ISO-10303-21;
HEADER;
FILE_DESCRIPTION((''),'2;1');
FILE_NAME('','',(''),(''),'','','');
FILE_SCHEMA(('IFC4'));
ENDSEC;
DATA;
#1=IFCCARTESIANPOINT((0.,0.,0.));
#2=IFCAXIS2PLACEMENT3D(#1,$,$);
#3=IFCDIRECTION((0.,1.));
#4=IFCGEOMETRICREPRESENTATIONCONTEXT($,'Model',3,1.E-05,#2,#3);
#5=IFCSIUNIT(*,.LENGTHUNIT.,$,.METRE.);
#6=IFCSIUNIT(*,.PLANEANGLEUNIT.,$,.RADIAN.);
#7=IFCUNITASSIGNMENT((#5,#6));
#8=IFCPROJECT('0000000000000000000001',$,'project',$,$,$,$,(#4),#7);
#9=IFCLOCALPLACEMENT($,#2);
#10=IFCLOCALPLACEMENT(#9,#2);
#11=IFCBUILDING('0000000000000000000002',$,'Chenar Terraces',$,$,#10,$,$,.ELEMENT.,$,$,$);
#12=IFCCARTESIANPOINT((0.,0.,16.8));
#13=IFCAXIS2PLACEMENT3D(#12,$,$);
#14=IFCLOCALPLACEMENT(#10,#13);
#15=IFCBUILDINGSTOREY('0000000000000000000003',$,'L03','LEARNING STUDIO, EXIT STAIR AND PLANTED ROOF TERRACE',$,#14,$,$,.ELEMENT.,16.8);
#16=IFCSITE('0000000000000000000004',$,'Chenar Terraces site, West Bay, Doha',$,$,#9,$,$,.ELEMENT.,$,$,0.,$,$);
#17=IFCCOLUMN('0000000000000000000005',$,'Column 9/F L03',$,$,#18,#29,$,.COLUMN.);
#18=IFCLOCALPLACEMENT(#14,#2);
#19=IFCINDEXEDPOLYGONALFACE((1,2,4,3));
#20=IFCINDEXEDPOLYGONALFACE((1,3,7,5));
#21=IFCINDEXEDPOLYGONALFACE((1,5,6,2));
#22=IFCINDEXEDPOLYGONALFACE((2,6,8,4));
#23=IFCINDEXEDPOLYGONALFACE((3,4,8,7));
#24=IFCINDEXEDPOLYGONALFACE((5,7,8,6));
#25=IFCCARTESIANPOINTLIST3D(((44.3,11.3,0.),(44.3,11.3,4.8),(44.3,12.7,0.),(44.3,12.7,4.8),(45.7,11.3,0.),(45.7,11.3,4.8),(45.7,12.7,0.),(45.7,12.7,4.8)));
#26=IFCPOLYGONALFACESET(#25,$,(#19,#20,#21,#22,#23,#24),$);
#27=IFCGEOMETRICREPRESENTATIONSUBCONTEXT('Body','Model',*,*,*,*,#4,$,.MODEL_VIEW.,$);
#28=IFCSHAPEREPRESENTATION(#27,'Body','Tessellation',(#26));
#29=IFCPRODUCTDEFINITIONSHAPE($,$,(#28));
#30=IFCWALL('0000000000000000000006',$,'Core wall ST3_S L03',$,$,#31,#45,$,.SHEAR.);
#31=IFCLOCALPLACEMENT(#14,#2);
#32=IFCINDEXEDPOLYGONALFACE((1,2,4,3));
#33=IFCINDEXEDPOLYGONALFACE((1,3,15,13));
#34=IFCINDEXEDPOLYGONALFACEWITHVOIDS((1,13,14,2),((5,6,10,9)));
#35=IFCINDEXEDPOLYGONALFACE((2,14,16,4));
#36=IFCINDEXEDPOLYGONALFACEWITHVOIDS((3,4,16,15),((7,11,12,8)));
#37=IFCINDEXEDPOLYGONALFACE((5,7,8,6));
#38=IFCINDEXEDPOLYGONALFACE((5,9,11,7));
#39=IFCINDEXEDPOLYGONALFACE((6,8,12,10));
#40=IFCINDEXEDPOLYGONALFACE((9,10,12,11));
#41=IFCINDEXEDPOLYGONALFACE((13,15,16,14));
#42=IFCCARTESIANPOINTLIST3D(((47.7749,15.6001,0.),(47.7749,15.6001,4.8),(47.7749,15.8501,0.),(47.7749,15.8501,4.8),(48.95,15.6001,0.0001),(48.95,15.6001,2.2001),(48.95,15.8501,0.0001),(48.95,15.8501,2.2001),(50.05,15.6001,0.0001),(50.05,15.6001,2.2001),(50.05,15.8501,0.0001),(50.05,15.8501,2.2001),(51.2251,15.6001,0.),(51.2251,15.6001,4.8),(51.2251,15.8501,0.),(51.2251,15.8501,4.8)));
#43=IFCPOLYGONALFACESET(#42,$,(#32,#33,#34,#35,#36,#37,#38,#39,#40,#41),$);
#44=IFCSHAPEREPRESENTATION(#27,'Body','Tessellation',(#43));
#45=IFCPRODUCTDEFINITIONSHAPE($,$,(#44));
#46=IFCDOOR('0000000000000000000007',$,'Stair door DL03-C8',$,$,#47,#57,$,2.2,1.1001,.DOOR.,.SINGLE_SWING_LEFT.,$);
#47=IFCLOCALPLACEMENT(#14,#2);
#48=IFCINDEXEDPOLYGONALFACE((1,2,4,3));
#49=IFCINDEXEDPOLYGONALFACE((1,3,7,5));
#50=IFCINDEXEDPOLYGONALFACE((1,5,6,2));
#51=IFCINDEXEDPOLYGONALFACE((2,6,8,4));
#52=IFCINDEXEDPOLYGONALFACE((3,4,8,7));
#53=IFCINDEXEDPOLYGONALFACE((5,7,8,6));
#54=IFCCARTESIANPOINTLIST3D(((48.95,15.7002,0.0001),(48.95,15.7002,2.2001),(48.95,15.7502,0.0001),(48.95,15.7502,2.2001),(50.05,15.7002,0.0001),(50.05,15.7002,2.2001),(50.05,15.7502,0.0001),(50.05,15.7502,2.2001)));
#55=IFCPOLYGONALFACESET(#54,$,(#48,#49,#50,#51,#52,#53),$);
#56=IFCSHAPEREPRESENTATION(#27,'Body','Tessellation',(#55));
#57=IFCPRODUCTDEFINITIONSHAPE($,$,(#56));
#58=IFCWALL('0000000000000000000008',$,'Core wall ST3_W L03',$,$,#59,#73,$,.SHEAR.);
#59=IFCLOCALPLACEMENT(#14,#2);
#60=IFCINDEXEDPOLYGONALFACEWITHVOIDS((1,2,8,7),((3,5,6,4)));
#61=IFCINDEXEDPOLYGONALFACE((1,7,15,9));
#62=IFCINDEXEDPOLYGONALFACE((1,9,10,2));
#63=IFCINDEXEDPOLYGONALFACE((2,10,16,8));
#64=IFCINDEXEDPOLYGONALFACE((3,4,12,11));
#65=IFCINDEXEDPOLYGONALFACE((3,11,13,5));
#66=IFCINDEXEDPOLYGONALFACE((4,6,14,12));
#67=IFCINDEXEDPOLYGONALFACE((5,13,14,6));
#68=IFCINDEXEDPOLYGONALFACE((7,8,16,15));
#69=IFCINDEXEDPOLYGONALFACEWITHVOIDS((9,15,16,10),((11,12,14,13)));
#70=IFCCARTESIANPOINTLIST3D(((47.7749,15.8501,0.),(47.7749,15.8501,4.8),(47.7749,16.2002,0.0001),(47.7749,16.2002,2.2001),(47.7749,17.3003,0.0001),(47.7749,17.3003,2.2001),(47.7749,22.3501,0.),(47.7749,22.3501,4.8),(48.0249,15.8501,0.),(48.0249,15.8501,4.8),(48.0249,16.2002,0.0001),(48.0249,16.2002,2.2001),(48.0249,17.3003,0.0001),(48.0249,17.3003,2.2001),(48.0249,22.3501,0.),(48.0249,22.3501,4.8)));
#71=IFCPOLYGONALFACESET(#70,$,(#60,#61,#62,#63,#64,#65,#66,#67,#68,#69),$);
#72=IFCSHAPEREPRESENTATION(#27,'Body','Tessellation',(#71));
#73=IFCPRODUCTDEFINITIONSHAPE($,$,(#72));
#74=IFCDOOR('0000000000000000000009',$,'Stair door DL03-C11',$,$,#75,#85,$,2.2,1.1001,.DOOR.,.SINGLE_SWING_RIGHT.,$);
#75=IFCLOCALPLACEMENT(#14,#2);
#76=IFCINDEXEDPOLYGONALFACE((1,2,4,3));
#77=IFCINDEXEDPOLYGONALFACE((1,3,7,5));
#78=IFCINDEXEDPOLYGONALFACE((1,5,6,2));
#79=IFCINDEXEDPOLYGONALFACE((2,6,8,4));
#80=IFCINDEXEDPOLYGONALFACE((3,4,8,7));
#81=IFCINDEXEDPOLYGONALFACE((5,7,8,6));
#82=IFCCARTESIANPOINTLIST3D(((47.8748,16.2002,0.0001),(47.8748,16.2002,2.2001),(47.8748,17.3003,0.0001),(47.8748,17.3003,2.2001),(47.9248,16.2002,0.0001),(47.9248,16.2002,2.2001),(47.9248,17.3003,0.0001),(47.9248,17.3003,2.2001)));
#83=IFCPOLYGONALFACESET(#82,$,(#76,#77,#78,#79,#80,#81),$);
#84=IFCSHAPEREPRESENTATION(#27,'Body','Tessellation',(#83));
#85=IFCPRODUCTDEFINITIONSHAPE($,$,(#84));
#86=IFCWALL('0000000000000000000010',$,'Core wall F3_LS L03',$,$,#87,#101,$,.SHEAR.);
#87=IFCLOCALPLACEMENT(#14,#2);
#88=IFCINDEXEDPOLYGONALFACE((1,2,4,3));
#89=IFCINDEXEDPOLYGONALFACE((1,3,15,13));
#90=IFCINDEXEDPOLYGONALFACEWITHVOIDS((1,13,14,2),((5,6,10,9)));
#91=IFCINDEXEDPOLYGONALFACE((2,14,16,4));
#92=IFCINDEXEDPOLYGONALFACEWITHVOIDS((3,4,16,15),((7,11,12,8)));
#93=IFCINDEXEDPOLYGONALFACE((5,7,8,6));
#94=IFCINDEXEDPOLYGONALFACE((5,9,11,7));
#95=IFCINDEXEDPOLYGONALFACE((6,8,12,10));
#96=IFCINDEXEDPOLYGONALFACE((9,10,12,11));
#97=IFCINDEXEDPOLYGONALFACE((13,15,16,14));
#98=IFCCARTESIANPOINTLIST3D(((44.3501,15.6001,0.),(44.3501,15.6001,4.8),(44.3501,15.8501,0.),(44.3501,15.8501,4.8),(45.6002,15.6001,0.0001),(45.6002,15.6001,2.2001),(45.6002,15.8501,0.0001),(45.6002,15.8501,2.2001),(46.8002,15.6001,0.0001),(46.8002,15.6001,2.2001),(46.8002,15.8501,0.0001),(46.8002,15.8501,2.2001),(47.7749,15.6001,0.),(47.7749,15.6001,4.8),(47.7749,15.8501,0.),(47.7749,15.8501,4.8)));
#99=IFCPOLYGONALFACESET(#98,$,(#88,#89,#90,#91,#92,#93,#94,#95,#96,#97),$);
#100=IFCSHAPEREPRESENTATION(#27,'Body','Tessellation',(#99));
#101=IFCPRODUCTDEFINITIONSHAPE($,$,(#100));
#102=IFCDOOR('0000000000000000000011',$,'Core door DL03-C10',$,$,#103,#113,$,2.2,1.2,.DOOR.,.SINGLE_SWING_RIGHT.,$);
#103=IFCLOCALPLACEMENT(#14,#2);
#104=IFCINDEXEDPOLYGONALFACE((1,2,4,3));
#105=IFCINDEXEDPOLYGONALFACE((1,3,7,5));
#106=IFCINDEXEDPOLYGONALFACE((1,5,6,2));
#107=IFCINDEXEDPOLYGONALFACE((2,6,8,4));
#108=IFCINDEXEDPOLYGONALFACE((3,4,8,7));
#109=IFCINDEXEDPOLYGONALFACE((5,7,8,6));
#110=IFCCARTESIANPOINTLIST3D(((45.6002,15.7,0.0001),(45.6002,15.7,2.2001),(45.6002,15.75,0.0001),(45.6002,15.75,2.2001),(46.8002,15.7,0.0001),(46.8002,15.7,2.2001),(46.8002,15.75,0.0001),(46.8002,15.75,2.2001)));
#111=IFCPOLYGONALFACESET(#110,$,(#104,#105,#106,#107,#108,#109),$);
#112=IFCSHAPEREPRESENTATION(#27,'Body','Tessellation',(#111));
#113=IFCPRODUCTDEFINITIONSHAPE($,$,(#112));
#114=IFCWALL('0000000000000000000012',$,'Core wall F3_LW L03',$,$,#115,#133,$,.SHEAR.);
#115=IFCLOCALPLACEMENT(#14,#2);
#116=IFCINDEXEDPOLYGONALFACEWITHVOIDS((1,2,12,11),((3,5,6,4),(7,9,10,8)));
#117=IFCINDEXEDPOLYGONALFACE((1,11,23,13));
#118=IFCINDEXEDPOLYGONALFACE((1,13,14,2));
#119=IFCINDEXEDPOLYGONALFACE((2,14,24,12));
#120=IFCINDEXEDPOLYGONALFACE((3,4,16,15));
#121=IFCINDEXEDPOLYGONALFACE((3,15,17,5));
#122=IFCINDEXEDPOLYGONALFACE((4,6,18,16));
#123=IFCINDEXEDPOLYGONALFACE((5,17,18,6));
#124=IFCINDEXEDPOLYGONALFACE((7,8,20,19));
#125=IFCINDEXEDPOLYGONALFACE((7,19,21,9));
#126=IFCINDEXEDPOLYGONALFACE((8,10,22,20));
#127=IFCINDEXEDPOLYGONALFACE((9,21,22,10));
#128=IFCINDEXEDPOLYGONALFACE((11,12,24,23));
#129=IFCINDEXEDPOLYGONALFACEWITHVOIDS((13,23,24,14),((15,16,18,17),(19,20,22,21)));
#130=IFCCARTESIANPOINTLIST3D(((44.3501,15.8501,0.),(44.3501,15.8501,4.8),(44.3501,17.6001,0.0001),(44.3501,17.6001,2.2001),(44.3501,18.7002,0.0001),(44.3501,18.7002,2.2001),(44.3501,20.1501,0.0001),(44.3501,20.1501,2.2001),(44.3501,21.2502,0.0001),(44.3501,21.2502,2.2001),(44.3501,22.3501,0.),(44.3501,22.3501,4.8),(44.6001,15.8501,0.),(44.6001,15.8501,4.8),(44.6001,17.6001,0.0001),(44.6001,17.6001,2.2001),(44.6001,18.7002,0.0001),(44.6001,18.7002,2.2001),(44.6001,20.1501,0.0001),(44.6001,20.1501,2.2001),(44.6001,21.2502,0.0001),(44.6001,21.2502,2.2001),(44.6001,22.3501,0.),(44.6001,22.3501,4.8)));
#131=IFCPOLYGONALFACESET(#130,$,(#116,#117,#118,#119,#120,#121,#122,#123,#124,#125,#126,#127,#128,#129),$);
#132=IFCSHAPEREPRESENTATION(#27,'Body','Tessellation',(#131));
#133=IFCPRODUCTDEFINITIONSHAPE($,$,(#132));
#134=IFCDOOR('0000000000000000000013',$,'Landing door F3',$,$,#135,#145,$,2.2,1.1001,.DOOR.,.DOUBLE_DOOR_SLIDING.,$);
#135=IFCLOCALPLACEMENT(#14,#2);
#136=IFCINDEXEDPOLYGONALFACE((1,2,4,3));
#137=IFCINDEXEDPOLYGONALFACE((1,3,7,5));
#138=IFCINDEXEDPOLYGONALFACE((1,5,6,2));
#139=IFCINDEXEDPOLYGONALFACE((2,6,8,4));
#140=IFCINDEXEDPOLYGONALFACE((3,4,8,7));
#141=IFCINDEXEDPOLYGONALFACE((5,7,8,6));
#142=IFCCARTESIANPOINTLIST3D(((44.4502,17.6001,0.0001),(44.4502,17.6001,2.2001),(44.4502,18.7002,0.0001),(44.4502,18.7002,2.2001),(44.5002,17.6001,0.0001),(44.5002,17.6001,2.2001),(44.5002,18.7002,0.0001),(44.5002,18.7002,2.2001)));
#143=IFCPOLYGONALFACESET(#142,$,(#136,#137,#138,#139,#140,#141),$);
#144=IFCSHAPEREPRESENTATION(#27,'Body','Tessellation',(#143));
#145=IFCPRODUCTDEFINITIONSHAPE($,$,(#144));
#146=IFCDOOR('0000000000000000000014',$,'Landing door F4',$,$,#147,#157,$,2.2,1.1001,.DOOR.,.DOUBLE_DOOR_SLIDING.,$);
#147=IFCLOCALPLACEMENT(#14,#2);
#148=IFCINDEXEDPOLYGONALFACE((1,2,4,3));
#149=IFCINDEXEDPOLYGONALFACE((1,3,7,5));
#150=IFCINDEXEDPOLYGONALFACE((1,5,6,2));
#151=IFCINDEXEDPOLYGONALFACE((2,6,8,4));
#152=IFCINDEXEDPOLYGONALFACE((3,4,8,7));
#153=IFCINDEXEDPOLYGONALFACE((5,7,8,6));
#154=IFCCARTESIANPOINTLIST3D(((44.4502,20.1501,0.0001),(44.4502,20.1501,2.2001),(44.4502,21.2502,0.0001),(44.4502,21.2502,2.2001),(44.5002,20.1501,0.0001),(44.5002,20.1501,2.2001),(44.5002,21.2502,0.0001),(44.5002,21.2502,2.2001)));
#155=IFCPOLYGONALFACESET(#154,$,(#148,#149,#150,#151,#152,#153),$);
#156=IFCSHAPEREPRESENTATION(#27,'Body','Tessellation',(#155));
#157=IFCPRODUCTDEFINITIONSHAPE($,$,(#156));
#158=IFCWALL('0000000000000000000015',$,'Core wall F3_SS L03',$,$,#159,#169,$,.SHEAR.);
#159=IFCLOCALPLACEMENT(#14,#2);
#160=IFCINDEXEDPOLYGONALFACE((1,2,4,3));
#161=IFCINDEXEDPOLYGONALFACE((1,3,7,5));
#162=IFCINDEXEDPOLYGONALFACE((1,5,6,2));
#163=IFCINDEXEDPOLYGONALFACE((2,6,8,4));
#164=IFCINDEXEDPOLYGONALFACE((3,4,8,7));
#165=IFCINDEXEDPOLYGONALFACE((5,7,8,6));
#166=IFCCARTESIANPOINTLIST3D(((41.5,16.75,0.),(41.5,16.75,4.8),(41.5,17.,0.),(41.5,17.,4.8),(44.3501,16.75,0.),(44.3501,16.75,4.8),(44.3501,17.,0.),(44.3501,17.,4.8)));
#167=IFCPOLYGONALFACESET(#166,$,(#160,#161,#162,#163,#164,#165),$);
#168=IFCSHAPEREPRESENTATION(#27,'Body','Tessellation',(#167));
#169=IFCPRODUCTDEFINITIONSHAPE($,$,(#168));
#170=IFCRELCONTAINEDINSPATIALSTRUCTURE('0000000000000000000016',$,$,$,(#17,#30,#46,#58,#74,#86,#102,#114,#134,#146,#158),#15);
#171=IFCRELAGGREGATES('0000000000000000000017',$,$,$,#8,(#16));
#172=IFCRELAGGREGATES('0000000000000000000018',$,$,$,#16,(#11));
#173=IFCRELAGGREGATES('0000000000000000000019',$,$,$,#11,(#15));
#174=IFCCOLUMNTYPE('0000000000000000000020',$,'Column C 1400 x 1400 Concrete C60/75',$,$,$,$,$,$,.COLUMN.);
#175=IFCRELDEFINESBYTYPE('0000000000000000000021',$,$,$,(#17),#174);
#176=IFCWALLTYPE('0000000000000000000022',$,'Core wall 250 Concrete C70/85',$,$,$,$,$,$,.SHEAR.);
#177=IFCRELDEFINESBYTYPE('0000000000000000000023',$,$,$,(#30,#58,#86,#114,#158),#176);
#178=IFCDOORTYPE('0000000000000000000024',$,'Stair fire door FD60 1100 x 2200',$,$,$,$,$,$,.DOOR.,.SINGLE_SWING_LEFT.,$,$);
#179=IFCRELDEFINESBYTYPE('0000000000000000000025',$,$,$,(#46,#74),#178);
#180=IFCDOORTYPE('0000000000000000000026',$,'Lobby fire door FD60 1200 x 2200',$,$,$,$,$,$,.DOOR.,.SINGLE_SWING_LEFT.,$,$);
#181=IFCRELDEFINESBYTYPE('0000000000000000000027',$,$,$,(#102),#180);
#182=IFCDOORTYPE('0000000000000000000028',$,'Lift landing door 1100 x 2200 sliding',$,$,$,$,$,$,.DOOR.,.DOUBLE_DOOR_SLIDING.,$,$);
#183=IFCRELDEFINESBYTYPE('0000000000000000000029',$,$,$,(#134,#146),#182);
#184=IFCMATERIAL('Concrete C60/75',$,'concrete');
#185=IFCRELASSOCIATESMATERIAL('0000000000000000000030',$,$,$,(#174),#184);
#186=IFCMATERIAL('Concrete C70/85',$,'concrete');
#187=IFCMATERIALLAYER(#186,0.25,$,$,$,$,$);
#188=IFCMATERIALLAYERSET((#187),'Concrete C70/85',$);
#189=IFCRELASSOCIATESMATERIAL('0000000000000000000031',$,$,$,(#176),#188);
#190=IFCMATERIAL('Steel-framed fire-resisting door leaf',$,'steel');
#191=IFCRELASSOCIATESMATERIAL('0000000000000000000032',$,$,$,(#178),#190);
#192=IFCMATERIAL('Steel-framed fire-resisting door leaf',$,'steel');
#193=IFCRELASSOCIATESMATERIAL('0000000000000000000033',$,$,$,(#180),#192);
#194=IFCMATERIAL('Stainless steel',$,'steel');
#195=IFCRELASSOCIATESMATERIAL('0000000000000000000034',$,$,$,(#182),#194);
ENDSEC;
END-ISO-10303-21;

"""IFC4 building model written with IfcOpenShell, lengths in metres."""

from ifc_helpers import new_model, si_unit, direction, frame, frame_2d, origin, origin_2d, place, context, subcontext, project, spatial, rectangle, extrude, material, layer, layer_set, material_profile, profile_set, type_object, element, fill, save


model = new_model("IFC4")

# Units and contexts
model_context = context("Model", 3, precision=1e-05, world=origin(), true_north=direction((0.0, 1.0)))
body_context = subcontext(model_context, "Body", "Model", "MODEL_VIEW")
ifc_project = project(units=[si_unit("LENGTHUNIT", "METRE"), si_unit("PLANEANGLEUNIT", "RADIAN")], contexts=[model_context])

# Site, building, storey
site_placement = place(None, origin())
site = spatial("IfcSite", under=ifc_project, at=site_placement, Name="Chenar Terraces site, West Bay, Doha", CompositionType="ELEMENT", RefElevation=0.0)
building_placement = place(site_placement, origin())
building = spatial("IfcBuilding", under=site, at=building_placement, Name="Chenar Terraces", CompositionType="ELEMENT")
storey_placement = place(building_placement, frame((0.0, 0.0, 16.8)))
storey = spatial("IfcBuildingStorey", under=building, at=storey_placement, Name="L03", Description="LEARNING STUDIO, EXIT STAIR AND PLANTED ROOF TERRACE", CompositionType="ELEMENT", Elevation=16.8)

# Column
ifc_material_1 = material(Name="Concrete C60/75", Category="concrete")
ifc_material_profile = material_profile(ifc_material_1, rectangle(XDim=1.3999, YDim=1.3999, at=origin_2d()), Name="C 1400 x 1400")
ifc_profile_set = profile_set([ifc_material_profile], Name="Concrete C60/75")
column_type = type_object("IfcColumnType", Name="Column C 1400 x 1400 Concrete C60/75", PredefinedType="COLUMN", material=ifc_profile_set)
column_placement = place(storey_placement, frame((45.0, 12.0, 0.0), z_axis=(0.0, 0.0, 1.0), x_axis=(1.0, 0.0, 0.0)))
element("IfcColumn", 1, at=column_placement, inside=storey, type_object=column_type, Name="Column 9/F L03", PredefinedType="COLUMN", context=body_context, shape_type="SweptSolid", body=[
    extrude(rectangle(XDim=1.3999, YDim=1.3999, at=origin_2d()), origin(), (0.0, 0.0, 1.0), 4.8),
])

# Walls, openings, doors
ifc_material_2 = material(Name="Concrete C70/85", Category="concrete")
ifc_layer_1 = layer(ifc_material_2, 0.25)
ifc_layer_set_1 = layer_set([ifc_layer_1], Name="Concrete C70/85")
wall_type_1 = type_object("IfcWallType", Name="Core wall 250 Concrete C70/85", PredefinedType="SHEAR", material=ifc_layer_set_1)
wall_1_placement = place(storey_placement, frame((47.7749, 15.7251, 0.0), z_axis=(0.0, 0.0, 1.0), x_axis=(1.0, 0.0, 0.0)))
wall_1 = element("IfcWall", 2, at=wall_1_placement, inside=storey, type_object=wall_type_1, Name="Core wall ST3_S L03", PredefinedType="SHEAR", context=body_context, shape_type="SweptSolid", body=[
    extrude(rectangle(XDim=3.4502, YDim=0.25, at=frame_2d((1.7251, 0.0))), origin(), (0.0, 0.0, 1.0), 4.8),
])
opening_1_placement = place(wall_1_placement, frame((1.175, 0.0, 0.0)))
opening_1 = element("IfcOpeningElement", 3, at=opening_1_placement, cuts=wall_1, PredefinedType="OPENING", context=body_context, shape_type="SweptSolid", body=[
    extrude(rectangle(XDim=1.1001, YDim=2.2, at=frame_2d((0.55, 1.1001))), frame((0.0, 0.135, 0.0), z_axis=(0.0, -1.0, 0.0), x_axis=(1.0, 0.0, 0.0)), (0.0, 0.0, 1.0), 0.27),
])
ifc_material_3 = material(Name="Steel-framed fire-resisting door leaf", Category="steel")
door_type_1 = type_object("IfcDoorType", Name="Stair fire door FD60 1100 x 2200", OperationType="SINGLE_SWING_LEFT", PredefinedType="DOOR", material=ifc_material_3)
door_1_placement = place(opening_1_placement, frame((1.1001, 0.0, 0.0), z_axis=(0.0, 0.0, 1.0), x_axis=(-1.0, 0.0, 0.0)))
door_1 = element("IfcDoor", 4, at=door_1_placement, inside=storey, type_object=door_type_1, Name="Stair door DL03-C8", OperationType="SINGLE_SWING_LEFT", OverallHeight=2.2, OverallWidth=1.1001, PredefinedType="DOOR", context=body_context, shape_type="SweptSolid", body=[
    extrude(rectangle(XDim=1.1001, YDim=2.2, at=frame_2d((0.55, 1.1001))), frame((0.0, 0.0249, 0.0), z_axis=(0.0, -1.0, 0.0), x_axis=(1.0, 0.0, 0.0)), (0.0, 0.0, 1.0), 0.05),
])
fill(opening_1, door_1)
wall_2_placement = place(storey_placement, frame((47.8999, 15.8501, 0.0), z_axis=(0.0, 0.0, 1.0), x_axis=(0.0, 1.0, 0.0)))
wall_2 = element("IfcWall", 5, at=wall_2_placement, inside=storey, type_object=wall_type_1, Name="Core wall ST3_W L03", PredefinedType="SHEAR", context=body_context, shape_type="SweptSolid", body=[
    extrude(rectangle(XDim=6.5, YDim=0.25, at=frame_2d((3.25, 0.0))), origin(), (0.0, 0.0, 1.0), 4.8),
])
opening_2_placement = place(wall_2_placement, frame((0.3501, 0.0, 0.0)))
opening_2 = element("IfcOpeningElement", 6, at=opening_2_placement, cuts=wall_2, PredefinedType="OPENING", context=body_context, shape_type="SweptSolid", body=[
    extrude(rectangle(XDim=1.1001, YDim=2.2, at=frame_2d((0.55, 1.1001))), frame((0.0, 0.135, 0.0), z_axis=(0.0, -1.0, 0.0), x_axis=(1.0, 0.0, 0.0)), (0.0, 0.0, 1.0), 0.27),
])
door_2_placement = place(opening_2_placement, frame((1.1001, 0.0, 0.0), z_axis=(0.0, 0.0, 1.0), x_axis=(-1.0, 0.0, 0.0)))
door_2 = element("IfcDoor", 7, at=door_2_placement, inside=storey, type_object=door_type_1, Name="Stair door DL03-C11", OperationType="SINGLE_SWING_RIGHT", OverallHeight=2.2, OverallWidth=1.1001, PredefinedType="DOOR", context=body_context, shape_type="SweptSolid", body=[
    extrude(rectangle(XDim=1.1001, YDim=2.2, at=frame_2d((0.55, 1.1001))), frame((0.0, 0.0249, 0.0), z_axis=(0.0, -1.0, 0.0), x_axis=(1.0, 0.0, 0.0)), (0.0, 0.0, 1.0), 0.05),
])
fill(opening_2, door_2)
wall_3_placement = place(storey_placement, frame((44.3501, 15.7251, 0.0), z_axis=(0.0, 0.0, 1.0), x_axis=(1.0, 0.0, 0.0)))
wall_3 = element("IfcWall", 8, at=wall_3_placement, inside=storey, type_object=wall_type_1, Name="Core wall F3_LS L03", PredefinedType="SHEAR", context=body_context, shape_type="SweptSolid", body=[
    extrude(rectangle(XDim=3.4248, YDim=0.25, at=frame_2d((1.7124, 0.0))), origin(), (0.0, 0.0, 1.0), 4.8),
])
opening_3_placement = place(wall_3_placement, frame((1.25, 0.0, 0.0)))
opening_3 = element("IfcOpeningElement", 9, at=opening_3_placement, cuts=wall_3, PredefinedType="OPENING", context=body_context, shape_type="SweptSolid", body=[
    extrude(rectangle(XDim=1.2, YDim=2.2, at=frame_2d((0.6001, 1.1001))), frame((0.0, 0.135, 0.0), z_axis=(0.0, -1.0, 0.0), x_axis=(1.0, 0.0, 0.0)), (0.0, 0.0, 1.0), 0.27),
])
ifc_material_4 = material(Name="Steel-framed fire-resisting door leaf", Category="steel")
door_type_2 = type_object("IfcDoorType", Name="Lobby fire door FD60 1200 x 2200", OperationType="SINGLE_SWING_LEFT", PredefinedType="DOOR", material=ifc_material_4)
door_3_placement = place(opening_3_placement, origin())
door_3 = element("IfcDoor", 10, at=door_3_placement, inside=storey, type_object=door_type_2, Name="Core door DL03-C10", OperationType="SINGLE_SWING_RIGHT", OverallHeight=2.2, OverallWidth=1.2, PredefinedType="DOOR", context=body_context, shape_type="SweptSolid", body=[
    extrude(rectangle(XDim=1.2, YDim=2.2, at=frame_2d((0.6001, 1.1001))), frame((0.0, 0.0249, 0.0), z_axis=(0.0, -1.0, 0.0), x_axis=(1.0, 0.0, 0.0)), (0.0, 0.0, 1.0), 0.05),
])
fill(opening_3, door_3)

# Wall, openings, doors
wall_4_placement = place(storey_placement, frame((44.4751, 15.8501, 0.0), z_axis=(0.0, 0.0, 1.0), x_axis=(0.0, 1.0, 0.0)))
wall_4 = element("IfcWall", 11, at=wall_4_placement, inside=storey, type_object=wall_type_1, Name="Core wall F3_LW L03", PredefinedType="SHEAR", context=body_context, shape_type="SweptSolid", body=[
    extrude(rectangle(XDim=6.5, YDim=0.25, at=frame_2d((3.25, 0.0))), origin(), (0.0, 0.0, 1.0), 4.8),
])
opening_4_placement = place(wall_4_placement, frame((1.75, 0.0, 0.0)))
opening_4 = element("IfcOpeningElement", 12, at=opening_4_placement, cuts=wall_4, PredefinedType="OPENING", context=body_context, shape_type="SweptSolid", body=[
    extrude(rectangle(XDim=1.1001, YDim=2.2, at=frame_2d((0.55, 1.1001))), frame((0.0, 0.135, 0.0), z_axis=(0.0, -1.0, 0.0), x_axis=(1.0, 0.0, 0.0)), (0.0, 0.0, 1.0), 0.27),
])
opening_5_placement = place(wall_4_placement, frame((4.3, 0.0, 0.0)))
opening_5 = element("IfcOpeningElement", 13, at=opening_5_placement, cuts=wall_4, PredefinedType="OPENING", context=body_context, shape_type="SweptSolid", body=[
    extrude(rectangle(XDim=1.1001, YDim=2.2, at=frame_2d((0.55, 1.1001))), frame((0.0, 0.135, 0.0), z_axis=(0.0, -1.0, 0.0), x_axis=(1.0, 0.0, 0.0)), (0.0, 0.0, 1.0), 0.27),
])
ifc_material_5 = material(Name="Stainless steel", Category="steel")
door_type_3 = type_object("IfcDoorType", Name="Lift landing door 1100 x 2200 sliding", OperationType="DOUBLE_DOOR_SLIDING", PredefinedType="DOOR", material=ifc_material_5)
door_4_placement = place(opening_4_placement, origin())
door_4 = element("IfcDoor", 14, at=door_4_placement, inside=storey, type_object=door_type_3, Name="Landing door F3", OperationType="DOUBLE_DOOR_SLIDING", OverallHeight=2.2, OverallWidth=1.1001, PredefinedType="DOOR", context=body_context, shape_type="SweptSolid", body=[
    extrude(rectangle(XDim=1.1001, YDim=2.2, at=frame_2d((0.55, 1.1001))), frame((0.0, 0.0249, 0.0), z_axis=(0.0, -1.0, 0.0), x_axis=(1.0, 0.0, 0.0)), (0.0, 0.0, 1.0), 0.05),
])
fill(opening_4, door_4)
door_5_placement = place(opening_5_placement, origin())
door_5 = element("IfcDoor", 15, at=door_5_placement, inside=storey, type_object=door_type_3, Name="Landing door F4", OperationType="DOUBLE_DOOR_SLIDING", OverallHeight=2.2, OverallWidth=1.1001, PredefinedType="DOOR", context=body_context, shape_type="SweptSolid", body=[
    extrude(rectangle(XDim=1.1001, YDim=2.2, at=frame_2d((0.55, 1.1001))), frame((0.0, 0.0249, 0.0), z_axis=(0.0, -1.0, 0.0), x_axis=(1.0, 0.0, 0.0)), (0.0, 0.0, 1.0), 0.05),
])
fill(opening_5, door_5)

# Wall
wall_5_placement = place(storey_placement, frame((41.5, 16.875, 0.0), z_axis=(0.0, 0.0, 1.0), x_axis=(1.0, 0.0, 0.0)))
element("IfcWall", 16, at=wall_5_placement, inside=storey, type_object=wall_type_1, Name="Core wall F3_SS L03", PredefinedType="SHEAR", context=body_context, shape_type="SweptSolid", body=[
    extrude(rectangle(XDim=2.8501, YDim=0.25, at=frame_2d((1.425, 0.0))), origin(), (0.0, 0.0, 1.0), 4.8),
])

save(model, "model.ifc")
